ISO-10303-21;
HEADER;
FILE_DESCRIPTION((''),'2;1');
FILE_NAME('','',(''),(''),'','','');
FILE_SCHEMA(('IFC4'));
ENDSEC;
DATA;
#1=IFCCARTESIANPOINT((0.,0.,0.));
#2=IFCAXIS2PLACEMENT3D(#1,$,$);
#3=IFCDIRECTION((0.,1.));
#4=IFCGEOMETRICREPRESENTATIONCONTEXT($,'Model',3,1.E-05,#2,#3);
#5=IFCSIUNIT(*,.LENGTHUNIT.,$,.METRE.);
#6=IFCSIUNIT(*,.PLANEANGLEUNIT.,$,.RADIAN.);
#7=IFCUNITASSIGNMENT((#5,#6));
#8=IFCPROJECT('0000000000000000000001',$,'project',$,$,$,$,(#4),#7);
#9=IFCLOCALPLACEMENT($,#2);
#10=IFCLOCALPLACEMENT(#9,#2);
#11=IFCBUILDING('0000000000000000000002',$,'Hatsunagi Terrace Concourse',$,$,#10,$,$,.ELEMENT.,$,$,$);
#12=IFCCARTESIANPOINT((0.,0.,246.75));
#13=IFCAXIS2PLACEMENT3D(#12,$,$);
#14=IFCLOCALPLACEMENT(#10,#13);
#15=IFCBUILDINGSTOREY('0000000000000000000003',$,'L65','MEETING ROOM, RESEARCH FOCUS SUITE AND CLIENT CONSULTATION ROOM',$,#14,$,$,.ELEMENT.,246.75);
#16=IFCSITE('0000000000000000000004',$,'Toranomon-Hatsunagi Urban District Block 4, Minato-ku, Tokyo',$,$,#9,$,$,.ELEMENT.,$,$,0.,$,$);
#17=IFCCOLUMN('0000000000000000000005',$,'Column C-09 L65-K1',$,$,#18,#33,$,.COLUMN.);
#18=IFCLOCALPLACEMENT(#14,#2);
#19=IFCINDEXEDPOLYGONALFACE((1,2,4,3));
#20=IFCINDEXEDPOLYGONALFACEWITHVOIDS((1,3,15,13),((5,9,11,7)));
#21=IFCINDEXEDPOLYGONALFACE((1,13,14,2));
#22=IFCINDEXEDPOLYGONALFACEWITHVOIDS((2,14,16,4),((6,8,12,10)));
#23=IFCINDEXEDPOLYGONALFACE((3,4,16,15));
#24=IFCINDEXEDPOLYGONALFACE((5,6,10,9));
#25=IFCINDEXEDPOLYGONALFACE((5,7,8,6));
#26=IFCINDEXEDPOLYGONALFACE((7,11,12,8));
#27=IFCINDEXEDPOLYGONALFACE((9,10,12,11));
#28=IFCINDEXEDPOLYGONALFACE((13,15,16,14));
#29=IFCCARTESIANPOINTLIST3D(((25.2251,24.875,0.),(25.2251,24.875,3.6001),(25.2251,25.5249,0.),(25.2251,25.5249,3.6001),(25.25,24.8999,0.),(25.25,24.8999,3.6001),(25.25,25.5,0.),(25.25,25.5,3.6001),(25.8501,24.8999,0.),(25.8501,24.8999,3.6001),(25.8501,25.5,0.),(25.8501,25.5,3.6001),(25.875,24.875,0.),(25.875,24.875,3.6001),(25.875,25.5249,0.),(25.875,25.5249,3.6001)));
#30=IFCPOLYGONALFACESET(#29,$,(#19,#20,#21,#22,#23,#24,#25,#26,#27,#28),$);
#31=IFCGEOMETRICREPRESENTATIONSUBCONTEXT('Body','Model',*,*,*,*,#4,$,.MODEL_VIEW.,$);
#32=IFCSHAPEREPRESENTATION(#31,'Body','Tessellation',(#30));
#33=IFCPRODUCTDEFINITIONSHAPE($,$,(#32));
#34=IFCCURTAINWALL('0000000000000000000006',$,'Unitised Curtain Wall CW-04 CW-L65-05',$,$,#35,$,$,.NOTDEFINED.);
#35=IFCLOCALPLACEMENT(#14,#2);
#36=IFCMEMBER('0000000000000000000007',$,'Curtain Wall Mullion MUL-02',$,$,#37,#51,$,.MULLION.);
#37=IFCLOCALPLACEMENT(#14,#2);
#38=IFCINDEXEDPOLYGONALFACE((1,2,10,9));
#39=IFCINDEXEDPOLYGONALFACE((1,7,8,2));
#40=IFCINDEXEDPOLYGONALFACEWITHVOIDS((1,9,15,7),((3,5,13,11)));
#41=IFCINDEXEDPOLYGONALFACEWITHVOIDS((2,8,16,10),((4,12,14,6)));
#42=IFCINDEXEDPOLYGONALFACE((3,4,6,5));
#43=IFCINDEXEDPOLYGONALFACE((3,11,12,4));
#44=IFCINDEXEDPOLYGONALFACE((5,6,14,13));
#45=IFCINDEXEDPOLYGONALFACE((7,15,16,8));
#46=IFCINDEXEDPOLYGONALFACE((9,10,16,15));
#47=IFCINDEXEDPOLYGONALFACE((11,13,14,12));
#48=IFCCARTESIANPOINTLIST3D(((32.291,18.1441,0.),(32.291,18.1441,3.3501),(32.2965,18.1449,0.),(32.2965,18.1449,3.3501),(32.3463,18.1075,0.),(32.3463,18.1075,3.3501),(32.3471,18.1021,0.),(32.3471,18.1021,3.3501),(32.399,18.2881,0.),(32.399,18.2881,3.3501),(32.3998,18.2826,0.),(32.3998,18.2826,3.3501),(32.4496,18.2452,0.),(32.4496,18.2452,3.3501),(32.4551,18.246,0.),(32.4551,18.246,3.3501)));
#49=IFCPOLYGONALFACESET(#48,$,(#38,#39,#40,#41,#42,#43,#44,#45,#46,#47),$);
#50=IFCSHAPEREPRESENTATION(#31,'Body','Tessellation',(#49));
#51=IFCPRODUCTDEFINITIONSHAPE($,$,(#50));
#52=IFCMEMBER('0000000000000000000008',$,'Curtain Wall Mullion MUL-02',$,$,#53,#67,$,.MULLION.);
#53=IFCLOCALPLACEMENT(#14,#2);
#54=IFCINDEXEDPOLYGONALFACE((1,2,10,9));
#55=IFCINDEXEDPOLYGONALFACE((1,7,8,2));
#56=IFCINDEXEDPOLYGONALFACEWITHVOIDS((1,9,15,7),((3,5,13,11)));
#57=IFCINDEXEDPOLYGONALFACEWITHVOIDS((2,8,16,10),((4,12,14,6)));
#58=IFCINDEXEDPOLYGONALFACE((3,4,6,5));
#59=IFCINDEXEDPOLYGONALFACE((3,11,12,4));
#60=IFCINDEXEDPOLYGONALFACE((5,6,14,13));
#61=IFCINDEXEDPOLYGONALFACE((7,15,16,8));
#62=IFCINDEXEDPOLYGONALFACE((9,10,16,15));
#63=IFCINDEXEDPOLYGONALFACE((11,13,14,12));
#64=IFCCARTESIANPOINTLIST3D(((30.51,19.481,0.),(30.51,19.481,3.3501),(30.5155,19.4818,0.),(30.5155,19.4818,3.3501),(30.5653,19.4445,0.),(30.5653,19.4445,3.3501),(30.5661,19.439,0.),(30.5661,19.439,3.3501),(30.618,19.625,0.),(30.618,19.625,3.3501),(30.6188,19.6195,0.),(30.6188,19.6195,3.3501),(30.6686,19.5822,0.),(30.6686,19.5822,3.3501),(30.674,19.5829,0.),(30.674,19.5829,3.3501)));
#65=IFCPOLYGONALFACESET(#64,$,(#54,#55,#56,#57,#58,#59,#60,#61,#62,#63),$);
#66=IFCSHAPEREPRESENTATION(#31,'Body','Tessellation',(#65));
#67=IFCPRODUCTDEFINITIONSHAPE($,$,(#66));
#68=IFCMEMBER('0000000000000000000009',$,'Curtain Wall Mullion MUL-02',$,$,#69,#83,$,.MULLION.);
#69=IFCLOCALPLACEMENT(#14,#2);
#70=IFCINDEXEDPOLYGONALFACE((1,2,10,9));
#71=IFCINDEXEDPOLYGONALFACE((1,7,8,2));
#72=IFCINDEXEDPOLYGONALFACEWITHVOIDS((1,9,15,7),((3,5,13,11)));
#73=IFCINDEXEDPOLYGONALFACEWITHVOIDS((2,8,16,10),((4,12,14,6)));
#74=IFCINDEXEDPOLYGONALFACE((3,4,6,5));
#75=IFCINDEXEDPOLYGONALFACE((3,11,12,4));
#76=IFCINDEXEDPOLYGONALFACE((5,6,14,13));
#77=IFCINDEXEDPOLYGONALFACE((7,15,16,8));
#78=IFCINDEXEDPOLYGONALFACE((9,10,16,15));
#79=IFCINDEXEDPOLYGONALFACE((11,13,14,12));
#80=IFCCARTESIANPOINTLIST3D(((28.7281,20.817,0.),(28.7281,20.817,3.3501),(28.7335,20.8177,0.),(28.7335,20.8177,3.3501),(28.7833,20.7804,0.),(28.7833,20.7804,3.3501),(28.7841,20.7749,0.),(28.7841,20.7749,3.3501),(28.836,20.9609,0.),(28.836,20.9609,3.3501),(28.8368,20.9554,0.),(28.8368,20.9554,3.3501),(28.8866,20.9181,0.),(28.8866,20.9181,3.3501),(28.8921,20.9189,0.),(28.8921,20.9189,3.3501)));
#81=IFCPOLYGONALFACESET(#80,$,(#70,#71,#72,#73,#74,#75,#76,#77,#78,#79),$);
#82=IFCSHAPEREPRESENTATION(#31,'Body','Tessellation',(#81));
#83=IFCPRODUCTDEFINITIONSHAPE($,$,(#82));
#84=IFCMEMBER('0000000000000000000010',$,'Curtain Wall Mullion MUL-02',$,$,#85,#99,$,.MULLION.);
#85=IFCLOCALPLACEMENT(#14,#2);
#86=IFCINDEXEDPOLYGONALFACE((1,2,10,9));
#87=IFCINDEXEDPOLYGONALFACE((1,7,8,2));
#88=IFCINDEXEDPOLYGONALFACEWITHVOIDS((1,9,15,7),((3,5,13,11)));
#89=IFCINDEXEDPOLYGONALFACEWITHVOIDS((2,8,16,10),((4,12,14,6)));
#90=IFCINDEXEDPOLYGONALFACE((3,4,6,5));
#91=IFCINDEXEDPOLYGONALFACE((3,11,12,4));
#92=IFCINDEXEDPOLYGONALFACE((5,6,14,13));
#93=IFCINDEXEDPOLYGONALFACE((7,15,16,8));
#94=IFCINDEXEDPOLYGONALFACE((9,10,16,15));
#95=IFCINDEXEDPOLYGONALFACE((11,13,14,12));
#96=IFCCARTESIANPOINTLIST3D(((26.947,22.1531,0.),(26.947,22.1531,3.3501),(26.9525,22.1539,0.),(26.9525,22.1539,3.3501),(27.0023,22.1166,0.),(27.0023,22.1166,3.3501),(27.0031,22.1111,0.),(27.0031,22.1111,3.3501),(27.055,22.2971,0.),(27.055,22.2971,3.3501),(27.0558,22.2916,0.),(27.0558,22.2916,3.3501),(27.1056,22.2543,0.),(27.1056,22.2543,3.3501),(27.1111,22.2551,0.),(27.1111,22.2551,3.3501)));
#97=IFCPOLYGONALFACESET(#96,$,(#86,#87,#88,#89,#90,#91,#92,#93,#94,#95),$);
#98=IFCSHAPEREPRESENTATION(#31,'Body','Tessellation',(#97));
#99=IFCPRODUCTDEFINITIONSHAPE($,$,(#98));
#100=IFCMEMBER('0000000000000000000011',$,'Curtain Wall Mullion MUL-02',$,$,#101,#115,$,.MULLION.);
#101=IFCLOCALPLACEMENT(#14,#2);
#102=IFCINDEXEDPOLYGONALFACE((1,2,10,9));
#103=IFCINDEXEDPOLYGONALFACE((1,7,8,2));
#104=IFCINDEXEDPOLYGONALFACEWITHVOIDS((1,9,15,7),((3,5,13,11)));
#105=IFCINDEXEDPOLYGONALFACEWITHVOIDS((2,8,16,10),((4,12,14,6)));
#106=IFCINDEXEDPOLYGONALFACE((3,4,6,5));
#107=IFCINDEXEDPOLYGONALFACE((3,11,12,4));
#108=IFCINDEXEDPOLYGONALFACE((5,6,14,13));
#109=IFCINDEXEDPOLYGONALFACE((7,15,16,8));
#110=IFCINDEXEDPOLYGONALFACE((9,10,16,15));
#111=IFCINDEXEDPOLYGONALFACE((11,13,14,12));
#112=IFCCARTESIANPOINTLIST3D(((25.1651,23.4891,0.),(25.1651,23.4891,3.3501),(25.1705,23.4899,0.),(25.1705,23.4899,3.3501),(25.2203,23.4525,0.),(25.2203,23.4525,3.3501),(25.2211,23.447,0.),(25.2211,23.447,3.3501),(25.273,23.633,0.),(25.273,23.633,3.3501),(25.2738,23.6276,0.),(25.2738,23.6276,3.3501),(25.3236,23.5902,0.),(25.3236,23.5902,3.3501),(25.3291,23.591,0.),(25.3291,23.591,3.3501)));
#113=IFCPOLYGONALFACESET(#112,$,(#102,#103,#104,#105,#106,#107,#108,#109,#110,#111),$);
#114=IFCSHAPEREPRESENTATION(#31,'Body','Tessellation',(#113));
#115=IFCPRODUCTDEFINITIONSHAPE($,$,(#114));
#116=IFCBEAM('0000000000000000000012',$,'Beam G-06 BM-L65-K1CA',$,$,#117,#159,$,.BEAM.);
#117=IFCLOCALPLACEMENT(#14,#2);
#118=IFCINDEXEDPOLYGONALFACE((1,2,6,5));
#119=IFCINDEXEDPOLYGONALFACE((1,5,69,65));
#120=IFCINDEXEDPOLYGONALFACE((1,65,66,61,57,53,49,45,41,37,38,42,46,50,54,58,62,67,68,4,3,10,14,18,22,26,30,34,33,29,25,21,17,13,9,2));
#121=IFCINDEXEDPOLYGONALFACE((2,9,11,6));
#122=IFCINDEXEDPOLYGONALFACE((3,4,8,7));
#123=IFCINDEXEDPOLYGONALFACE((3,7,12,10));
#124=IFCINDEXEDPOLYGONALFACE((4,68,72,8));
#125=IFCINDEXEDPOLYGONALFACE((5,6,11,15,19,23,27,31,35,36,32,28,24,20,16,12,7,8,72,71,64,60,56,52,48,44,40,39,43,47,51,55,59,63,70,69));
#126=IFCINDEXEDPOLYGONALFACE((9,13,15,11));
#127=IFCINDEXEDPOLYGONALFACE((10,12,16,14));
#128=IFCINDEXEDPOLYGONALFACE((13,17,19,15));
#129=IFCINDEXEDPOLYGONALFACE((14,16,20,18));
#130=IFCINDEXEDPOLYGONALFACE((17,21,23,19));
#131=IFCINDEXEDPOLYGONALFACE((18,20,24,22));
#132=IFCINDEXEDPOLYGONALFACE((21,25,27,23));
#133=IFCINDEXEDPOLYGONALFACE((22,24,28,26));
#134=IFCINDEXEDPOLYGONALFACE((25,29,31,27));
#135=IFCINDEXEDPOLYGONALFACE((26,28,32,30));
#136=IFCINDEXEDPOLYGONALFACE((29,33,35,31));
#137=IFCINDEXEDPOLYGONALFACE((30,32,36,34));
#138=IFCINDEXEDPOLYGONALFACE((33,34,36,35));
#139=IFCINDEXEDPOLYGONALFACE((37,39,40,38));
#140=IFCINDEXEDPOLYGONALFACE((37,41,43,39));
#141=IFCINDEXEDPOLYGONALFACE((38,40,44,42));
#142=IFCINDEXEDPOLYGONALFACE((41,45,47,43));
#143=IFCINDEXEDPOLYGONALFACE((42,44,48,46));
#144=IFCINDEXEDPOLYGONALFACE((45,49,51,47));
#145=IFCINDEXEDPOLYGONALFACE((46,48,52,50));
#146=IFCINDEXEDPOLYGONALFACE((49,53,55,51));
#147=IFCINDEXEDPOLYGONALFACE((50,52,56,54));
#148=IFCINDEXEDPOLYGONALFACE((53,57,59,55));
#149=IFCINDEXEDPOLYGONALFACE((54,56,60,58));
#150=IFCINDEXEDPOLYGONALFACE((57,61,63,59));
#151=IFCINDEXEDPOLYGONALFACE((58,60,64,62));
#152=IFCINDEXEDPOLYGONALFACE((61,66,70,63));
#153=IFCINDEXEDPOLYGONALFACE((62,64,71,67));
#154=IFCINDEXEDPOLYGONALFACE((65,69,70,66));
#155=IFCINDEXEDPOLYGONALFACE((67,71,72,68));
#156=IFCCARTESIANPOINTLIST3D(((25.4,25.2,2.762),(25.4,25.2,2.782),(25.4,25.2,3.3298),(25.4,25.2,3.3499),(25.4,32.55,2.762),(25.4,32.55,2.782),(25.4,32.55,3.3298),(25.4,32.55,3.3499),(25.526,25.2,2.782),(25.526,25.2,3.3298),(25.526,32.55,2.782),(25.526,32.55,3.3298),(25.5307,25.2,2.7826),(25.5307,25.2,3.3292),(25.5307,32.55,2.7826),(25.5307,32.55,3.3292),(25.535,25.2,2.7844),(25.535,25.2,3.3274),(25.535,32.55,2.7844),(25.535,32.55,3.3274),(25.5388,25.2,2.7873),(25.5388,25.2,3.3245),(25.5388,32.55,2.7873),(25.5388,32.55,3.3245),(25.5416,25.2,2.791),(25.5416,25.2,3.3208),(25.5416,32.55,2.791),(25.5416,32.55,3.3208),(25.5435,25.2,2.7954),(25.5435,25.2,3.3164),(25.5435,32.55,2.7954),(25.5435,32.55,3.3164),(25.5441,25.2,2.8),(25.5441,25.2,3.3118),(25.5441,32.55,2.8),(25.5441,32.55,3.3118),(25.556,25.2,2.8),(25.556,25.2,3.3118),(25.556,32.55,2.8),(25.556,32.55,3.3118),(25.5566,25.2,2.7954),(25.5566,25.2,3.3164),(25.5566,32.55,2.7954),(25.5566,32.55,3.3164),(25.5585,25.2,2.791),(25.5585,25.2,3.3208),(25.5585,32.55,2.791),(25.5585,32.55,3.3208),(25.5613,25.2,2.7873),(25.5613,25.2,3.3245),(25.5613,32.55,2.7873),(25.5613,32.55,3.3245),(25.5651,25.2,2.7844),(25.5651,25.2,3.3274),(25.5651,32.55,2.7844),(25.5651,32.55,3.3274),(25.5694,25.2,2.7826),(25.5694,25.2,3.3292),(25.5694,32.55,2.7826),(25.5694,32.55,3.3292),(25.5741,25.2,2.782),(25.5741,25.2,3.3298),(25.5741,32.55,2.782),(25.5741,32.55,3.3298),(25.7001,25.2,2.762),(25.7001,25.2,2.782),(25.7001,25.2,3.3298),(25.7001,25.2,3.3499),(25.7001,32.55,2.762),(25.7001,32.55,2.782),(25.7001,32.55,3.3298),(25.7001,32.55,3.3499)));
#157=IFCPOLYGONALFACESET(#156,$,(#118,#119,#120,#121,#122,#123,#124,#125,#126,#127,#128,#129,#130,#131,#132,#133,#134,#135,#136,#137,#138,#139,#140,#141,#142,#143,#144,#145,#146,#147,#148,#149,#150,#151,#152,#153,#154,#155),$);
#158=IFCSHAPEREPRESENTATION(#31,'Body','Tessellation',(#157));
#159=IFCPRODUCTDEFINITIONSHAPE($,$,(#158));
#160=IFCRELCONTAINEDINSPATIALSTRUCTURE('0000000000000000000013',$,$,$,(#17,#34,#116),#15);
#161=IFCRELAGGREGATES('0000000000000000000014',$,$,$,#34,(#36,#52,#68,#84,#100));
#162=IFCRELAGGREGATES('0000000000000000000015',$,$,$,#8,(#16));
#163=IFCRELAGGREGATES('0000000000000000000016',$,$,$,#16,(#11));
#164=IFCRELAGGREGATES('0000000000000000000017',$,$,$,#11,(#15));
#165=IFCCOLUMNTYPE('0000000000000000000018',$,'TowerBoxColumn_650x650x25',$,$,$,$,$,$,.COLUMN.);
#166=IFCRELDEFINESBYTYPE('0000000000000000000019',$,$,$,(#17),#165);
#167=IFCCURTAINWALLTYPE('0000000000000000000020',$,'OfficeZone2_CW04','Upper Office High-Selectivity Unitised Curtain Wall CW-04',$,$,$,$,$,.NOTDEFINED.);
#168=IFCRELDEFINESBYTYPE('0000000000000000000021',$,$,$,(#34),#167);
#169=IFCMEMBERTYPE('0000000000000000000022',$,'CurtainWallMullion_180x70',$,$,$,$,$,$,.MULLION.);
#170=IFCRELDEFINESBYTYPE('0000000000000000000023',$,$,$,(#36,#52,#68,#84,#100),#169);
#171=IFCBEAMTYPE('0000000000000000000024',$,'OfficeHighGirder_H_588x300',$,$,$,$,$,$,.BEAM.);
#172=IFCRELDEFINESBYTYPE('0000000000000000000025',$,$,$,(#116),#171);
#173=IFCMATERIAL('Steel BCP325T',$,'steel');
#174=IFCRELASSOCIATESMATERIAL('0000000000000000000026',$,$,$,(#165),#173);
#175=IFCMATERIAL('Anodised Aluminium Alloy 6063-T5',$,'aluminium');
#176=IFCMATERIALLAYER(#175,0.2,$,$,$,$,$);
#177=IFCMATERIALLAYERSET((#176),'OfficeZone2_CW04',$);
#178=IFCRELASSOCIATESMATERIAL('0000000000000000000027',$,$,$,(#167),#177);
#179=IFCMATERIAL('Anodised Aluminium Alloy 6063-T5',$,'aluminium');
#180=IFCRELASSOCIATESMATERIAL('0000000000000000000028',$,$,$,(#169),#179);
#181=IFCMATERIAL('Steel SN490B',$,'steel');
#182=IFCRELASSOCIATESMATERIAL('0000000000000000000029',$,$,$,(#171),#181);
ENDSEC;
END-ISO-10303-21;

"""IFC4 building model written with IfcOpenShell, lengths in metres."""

from ifc_helpers import new_model, si_unit, direction, frame, origin, origin_2d, place, context, subcontext, project, spatial, hollow_rectangle, i_section, extrude, material, layer, layer_set, material_profile, profile_set, type_object, element, aggregate, save


model = new_model("IFC4")

# Units and contexts
model_context = context("Model", 3, precision=1e-05, world=origin(), true_north=direction((0.0, 1.0)))
body_context = subcontext(model_context, "Body", "Model", "MODEL_VIEW")
ifc_project = project(units=[si_unit("LENGTHUNIT", "METRE"), si_unit("PLANEANGLEUNIT", "RADIAN")], contexts=[model_context])

# Site, building, storey
site_placement = place(None, origin())
site = spatial("IfcSite", under=ifc_project, at=site_placement, Name="Toranomon-Hatsunagi Urban District Block 4, Minato-ku, Tokyo", CompositionType="ELEMENT", RefElevation=0.0)
building_placement = place(site_placement, origin())
building = spatial("IfcBuilding", under=site, at=building_placement, Name="Hatsunagi Terrace Concourse", CompositionType="ELEMENT")
storey_placement = place(building_placement, frame((0.0, 0.0, 246.75)))
storey = spatial("IfcBuildingStorey", under=building, at=storey_placement, Name="L65", Description="MEETING ROOM, RESEARCH FOCUS SUITE AND CLIENT CONSULTATION ROOM", CompositionType="ELEMENT", Elevation=246.75)

# Column
ifc_material_1 = material(Name="Steel BCP325T", Category="steel")
ifc_material_profile_1 = material_profile(ifc_material_1, hollow_rectangle(XDim=0.6499, YDim=0.6499, WallThickness=0.0249, at=origin_2d()), Name="BCP-650x650x25")
ifc_profile_set_1 = profile_set([ifc_material_profile_1], Name="Steel BCP325T")
column_type = type_object("IfcColumnType", Name="TowerBoxColumn_650x650x25", PredefinedType="COLUMN", material=ifc_profile_set_1)
column_placement = place(storey_placement, frame((25.55, 25.2, 0.0), z_axis=(0.0, 0.0, 1.0), x_axis=(1.0, 0.0, 0.0)))
element("IfcColumn", 1, at=column_placement, inside=storey, type_object=column_type, Name="Column C-09 L65-K1", PredefinedType="COLUMN", context=body_context, shape_type="SweptSolid", body=[
    extrude(hollow_rectangle(XDim=0.6499, YDim=0.6499, WallThickness=0.0249, at=origin_2d()), origin(), (0.0, 0.0, 1.0), 3.6001),
])

# Curtain wall, members
ifc_material_2 = material(Name="Anodised Aluminium Alloy 6063-T5", Category="aluminium")
ifc_layer_1 = layer(ifc_material_2, 0.2)
ifc_layer_set_1 = layer_set([ifc_layer_1], Name="OfficeZone2_CW04")
curtain_wall_type = type_object("IfcCurtainWallType", Name="OfficeZone2_CW04", Description="Upper Office High-Selectivity Unitised Curtain Wall CW-04", PredefinedType="NOTDEFINED", material=ifc_layer_set_1)
curtain_wall_placement = place(storey_placement, origin())
curtain_wall = element("IfcCurtainWall", 2, at=curtain_wall_placement, inside=storey, type_object=curtain_wall_type, Name="Unitised Curtain Wall CW-04 CW-L65-05", PredefinedType="NOTDEFINED")
ifc_material_3 = material(Name="Anodised Aluminium Alloy 6063-T5", Category="aluminium")
ifc_material_profile_2 = material_profile(ifc_material_3, hollow_rectangle(XDim=0.0701, YDim=0.1799, WallThickness=0.0039, at=origin_2d()), Name="ALU-MUL-180x70x4")
ifc_profile_set_2 = profile_set([ifc_material_profile_2], Name="Anodised Aluminium Alloy 6063-T5")
member_type = type_object("IfcMemberType", Name="CurtainWallMullion_180x70", PredefinedType="MULLION", material=ifc_profile_set_2)
member_1_placement = place(storey_placement, frame((32.373, 18.1951, 0.0), z_axis=(0.0, 0.0, 1.0), x_axis=(-0.800007, 0.59999, 0.0)))
member_1 = element("IfcMember", 3, at=member_1_placement, type_object=member_type, Name="Curtain Wall Mullion MUL-02", PredefinedType="MULLION", context=body_context, shape_type="SweptSolid", body=[
    extrude(hollow_rectangle(XDim=0.0701, YDim=0.1799, WallThickness=0.0039, at=origin_2d()), origin(), (0.0, 0.0, 1.0), 3.3501),
])
member_2_placement = place(storey_placement, frame((30.592, 19.532, 0.0), z_axis=(0.0, 0.0, 1.0), x_axis=(-0.800007, 0.59999, 0.0)))
member_2 = element("IfcMember", 4, at=member_2_placement, type_object=member_type, Name="Curtain Wall Mullion MUL-02", PredefinedType="MULLION", context=body_context, shape_type="SweptSolid", body=[
    extrude(hollow_rectangle(XDim=0.0701, YDim=0.1799, WallThickness=0.0039, at=origin_2d()), origin(), (0.0, 0.0, 1.0), 3.3501),
])
member_3_placement = place(storey_placement, frame((28.8101, 20.8679, 0.0), z_axis=(0.0, 0.0, 1.0), x_axis=(-0.800007, 0.59999, 0.0)))
member_3 = element("IfcMember", 5, at=member_3_placement, type_object=member_type, Name="Curtain Wall Mullion MUL-02", PredefinedType="MULLION", context=body_context, shape_type="SweptSolid", body=[
    extrude(hollow_rectangle(XDim=0.0701, YDim=0.1799, WallThickness=0.0039, at=origin_2d()), origin(), (0.0, 0.0, 1.0), 3.3501),
])
member_4_placement = place(storey_placement, frame((27.0291, 22.2041, 0.0), z_axis=(0.0, 0.0, 1.0), x_axis=(-0.800007, 0.59999, 0.0)))
member_4 = element("IfcMember", 6, at=member_4_placement, type_object=member_type, Name="Curtain Wall Mullion MUL-02", PredefinedType="MULLION", context=body_context, shape_type="SweptSolid", body=[
    extrude(hollow_rectangle(XDim=0.0701, YDim=0.1799, WallThickness=0.0039, at=origin_2d()), origin(), (0.0, 0.0, 1.0), 3.3501),
])
member_5_placement = place(storey_placement, frame((25.2471, 23.54, 0.0), z_axis=(0.0, 0.0, 1.0), x_axis=(-0.800007, 0.59999, 0.0)))
member_5 = element("IfcMember", 7, at=member_5_placement, type_object=member_type, Name="Curtain Wall Mullion MUL-02", PredefinedType="MULLION", context=body_context, shape_type="SweptSolid", body=[
    extrude(hollow_rectangle(XDim=0.0701, YDim=0.1799, WallThickness=0.0039, at=origin_2d()), origin(), (0.0, 0.0, 1.0), 3.3501),
])

# Beam
ifc_material_4 = material(Name="Steel SN490B", Category="steel")
ifc_material_profile_3 = material_profile(ifc_material_4, i_section(OverallWidth=0.3, OverallDepth=0.5879, WebThickness=0.012, FlangeThickness=0.02, FilletRadius=0.0181, at=origin_2d()), Name="H-588x300x12x20")
ifc_profile_set_3 = profile_set([ifc_material_profile_3], Name="Steel SN490B")
beam_type_1 = type_object("IfcBeamType", Name="OfficeHighGirder_H_588x300", PredefinedType="BEAM", material=ifc_profile_set_3)
beam_1_placement = place(storey_placement, frame((25.55, 25.2, 3.0559), z_axis=(0.0, 1.0, 0.0), x_axis=(-1.0, 0.0, 0.0)))
element("IfcBeam", 8, at=beam_1_placement, inside=storey, type_object=beam_type_1, Name="Beam G-06 BM-L65-K1CA", PredefinedType="BEAM", context=body_context, shape_type="SweptSolid", body=[
    extrude(i_section(OverallWidth=0.3, OverallDepth=0.5879, WebThickness=0.012, FlangeThickness=0.02, FilletRadius=0.0181, at=origin_2d()), origin(), (0.0, 0.0, 1.0), 7.3501),
])

aggregate(curtain_wall, [member_1, member_2, member_3, member_4, member_5])

save(model, "model.ifc")
